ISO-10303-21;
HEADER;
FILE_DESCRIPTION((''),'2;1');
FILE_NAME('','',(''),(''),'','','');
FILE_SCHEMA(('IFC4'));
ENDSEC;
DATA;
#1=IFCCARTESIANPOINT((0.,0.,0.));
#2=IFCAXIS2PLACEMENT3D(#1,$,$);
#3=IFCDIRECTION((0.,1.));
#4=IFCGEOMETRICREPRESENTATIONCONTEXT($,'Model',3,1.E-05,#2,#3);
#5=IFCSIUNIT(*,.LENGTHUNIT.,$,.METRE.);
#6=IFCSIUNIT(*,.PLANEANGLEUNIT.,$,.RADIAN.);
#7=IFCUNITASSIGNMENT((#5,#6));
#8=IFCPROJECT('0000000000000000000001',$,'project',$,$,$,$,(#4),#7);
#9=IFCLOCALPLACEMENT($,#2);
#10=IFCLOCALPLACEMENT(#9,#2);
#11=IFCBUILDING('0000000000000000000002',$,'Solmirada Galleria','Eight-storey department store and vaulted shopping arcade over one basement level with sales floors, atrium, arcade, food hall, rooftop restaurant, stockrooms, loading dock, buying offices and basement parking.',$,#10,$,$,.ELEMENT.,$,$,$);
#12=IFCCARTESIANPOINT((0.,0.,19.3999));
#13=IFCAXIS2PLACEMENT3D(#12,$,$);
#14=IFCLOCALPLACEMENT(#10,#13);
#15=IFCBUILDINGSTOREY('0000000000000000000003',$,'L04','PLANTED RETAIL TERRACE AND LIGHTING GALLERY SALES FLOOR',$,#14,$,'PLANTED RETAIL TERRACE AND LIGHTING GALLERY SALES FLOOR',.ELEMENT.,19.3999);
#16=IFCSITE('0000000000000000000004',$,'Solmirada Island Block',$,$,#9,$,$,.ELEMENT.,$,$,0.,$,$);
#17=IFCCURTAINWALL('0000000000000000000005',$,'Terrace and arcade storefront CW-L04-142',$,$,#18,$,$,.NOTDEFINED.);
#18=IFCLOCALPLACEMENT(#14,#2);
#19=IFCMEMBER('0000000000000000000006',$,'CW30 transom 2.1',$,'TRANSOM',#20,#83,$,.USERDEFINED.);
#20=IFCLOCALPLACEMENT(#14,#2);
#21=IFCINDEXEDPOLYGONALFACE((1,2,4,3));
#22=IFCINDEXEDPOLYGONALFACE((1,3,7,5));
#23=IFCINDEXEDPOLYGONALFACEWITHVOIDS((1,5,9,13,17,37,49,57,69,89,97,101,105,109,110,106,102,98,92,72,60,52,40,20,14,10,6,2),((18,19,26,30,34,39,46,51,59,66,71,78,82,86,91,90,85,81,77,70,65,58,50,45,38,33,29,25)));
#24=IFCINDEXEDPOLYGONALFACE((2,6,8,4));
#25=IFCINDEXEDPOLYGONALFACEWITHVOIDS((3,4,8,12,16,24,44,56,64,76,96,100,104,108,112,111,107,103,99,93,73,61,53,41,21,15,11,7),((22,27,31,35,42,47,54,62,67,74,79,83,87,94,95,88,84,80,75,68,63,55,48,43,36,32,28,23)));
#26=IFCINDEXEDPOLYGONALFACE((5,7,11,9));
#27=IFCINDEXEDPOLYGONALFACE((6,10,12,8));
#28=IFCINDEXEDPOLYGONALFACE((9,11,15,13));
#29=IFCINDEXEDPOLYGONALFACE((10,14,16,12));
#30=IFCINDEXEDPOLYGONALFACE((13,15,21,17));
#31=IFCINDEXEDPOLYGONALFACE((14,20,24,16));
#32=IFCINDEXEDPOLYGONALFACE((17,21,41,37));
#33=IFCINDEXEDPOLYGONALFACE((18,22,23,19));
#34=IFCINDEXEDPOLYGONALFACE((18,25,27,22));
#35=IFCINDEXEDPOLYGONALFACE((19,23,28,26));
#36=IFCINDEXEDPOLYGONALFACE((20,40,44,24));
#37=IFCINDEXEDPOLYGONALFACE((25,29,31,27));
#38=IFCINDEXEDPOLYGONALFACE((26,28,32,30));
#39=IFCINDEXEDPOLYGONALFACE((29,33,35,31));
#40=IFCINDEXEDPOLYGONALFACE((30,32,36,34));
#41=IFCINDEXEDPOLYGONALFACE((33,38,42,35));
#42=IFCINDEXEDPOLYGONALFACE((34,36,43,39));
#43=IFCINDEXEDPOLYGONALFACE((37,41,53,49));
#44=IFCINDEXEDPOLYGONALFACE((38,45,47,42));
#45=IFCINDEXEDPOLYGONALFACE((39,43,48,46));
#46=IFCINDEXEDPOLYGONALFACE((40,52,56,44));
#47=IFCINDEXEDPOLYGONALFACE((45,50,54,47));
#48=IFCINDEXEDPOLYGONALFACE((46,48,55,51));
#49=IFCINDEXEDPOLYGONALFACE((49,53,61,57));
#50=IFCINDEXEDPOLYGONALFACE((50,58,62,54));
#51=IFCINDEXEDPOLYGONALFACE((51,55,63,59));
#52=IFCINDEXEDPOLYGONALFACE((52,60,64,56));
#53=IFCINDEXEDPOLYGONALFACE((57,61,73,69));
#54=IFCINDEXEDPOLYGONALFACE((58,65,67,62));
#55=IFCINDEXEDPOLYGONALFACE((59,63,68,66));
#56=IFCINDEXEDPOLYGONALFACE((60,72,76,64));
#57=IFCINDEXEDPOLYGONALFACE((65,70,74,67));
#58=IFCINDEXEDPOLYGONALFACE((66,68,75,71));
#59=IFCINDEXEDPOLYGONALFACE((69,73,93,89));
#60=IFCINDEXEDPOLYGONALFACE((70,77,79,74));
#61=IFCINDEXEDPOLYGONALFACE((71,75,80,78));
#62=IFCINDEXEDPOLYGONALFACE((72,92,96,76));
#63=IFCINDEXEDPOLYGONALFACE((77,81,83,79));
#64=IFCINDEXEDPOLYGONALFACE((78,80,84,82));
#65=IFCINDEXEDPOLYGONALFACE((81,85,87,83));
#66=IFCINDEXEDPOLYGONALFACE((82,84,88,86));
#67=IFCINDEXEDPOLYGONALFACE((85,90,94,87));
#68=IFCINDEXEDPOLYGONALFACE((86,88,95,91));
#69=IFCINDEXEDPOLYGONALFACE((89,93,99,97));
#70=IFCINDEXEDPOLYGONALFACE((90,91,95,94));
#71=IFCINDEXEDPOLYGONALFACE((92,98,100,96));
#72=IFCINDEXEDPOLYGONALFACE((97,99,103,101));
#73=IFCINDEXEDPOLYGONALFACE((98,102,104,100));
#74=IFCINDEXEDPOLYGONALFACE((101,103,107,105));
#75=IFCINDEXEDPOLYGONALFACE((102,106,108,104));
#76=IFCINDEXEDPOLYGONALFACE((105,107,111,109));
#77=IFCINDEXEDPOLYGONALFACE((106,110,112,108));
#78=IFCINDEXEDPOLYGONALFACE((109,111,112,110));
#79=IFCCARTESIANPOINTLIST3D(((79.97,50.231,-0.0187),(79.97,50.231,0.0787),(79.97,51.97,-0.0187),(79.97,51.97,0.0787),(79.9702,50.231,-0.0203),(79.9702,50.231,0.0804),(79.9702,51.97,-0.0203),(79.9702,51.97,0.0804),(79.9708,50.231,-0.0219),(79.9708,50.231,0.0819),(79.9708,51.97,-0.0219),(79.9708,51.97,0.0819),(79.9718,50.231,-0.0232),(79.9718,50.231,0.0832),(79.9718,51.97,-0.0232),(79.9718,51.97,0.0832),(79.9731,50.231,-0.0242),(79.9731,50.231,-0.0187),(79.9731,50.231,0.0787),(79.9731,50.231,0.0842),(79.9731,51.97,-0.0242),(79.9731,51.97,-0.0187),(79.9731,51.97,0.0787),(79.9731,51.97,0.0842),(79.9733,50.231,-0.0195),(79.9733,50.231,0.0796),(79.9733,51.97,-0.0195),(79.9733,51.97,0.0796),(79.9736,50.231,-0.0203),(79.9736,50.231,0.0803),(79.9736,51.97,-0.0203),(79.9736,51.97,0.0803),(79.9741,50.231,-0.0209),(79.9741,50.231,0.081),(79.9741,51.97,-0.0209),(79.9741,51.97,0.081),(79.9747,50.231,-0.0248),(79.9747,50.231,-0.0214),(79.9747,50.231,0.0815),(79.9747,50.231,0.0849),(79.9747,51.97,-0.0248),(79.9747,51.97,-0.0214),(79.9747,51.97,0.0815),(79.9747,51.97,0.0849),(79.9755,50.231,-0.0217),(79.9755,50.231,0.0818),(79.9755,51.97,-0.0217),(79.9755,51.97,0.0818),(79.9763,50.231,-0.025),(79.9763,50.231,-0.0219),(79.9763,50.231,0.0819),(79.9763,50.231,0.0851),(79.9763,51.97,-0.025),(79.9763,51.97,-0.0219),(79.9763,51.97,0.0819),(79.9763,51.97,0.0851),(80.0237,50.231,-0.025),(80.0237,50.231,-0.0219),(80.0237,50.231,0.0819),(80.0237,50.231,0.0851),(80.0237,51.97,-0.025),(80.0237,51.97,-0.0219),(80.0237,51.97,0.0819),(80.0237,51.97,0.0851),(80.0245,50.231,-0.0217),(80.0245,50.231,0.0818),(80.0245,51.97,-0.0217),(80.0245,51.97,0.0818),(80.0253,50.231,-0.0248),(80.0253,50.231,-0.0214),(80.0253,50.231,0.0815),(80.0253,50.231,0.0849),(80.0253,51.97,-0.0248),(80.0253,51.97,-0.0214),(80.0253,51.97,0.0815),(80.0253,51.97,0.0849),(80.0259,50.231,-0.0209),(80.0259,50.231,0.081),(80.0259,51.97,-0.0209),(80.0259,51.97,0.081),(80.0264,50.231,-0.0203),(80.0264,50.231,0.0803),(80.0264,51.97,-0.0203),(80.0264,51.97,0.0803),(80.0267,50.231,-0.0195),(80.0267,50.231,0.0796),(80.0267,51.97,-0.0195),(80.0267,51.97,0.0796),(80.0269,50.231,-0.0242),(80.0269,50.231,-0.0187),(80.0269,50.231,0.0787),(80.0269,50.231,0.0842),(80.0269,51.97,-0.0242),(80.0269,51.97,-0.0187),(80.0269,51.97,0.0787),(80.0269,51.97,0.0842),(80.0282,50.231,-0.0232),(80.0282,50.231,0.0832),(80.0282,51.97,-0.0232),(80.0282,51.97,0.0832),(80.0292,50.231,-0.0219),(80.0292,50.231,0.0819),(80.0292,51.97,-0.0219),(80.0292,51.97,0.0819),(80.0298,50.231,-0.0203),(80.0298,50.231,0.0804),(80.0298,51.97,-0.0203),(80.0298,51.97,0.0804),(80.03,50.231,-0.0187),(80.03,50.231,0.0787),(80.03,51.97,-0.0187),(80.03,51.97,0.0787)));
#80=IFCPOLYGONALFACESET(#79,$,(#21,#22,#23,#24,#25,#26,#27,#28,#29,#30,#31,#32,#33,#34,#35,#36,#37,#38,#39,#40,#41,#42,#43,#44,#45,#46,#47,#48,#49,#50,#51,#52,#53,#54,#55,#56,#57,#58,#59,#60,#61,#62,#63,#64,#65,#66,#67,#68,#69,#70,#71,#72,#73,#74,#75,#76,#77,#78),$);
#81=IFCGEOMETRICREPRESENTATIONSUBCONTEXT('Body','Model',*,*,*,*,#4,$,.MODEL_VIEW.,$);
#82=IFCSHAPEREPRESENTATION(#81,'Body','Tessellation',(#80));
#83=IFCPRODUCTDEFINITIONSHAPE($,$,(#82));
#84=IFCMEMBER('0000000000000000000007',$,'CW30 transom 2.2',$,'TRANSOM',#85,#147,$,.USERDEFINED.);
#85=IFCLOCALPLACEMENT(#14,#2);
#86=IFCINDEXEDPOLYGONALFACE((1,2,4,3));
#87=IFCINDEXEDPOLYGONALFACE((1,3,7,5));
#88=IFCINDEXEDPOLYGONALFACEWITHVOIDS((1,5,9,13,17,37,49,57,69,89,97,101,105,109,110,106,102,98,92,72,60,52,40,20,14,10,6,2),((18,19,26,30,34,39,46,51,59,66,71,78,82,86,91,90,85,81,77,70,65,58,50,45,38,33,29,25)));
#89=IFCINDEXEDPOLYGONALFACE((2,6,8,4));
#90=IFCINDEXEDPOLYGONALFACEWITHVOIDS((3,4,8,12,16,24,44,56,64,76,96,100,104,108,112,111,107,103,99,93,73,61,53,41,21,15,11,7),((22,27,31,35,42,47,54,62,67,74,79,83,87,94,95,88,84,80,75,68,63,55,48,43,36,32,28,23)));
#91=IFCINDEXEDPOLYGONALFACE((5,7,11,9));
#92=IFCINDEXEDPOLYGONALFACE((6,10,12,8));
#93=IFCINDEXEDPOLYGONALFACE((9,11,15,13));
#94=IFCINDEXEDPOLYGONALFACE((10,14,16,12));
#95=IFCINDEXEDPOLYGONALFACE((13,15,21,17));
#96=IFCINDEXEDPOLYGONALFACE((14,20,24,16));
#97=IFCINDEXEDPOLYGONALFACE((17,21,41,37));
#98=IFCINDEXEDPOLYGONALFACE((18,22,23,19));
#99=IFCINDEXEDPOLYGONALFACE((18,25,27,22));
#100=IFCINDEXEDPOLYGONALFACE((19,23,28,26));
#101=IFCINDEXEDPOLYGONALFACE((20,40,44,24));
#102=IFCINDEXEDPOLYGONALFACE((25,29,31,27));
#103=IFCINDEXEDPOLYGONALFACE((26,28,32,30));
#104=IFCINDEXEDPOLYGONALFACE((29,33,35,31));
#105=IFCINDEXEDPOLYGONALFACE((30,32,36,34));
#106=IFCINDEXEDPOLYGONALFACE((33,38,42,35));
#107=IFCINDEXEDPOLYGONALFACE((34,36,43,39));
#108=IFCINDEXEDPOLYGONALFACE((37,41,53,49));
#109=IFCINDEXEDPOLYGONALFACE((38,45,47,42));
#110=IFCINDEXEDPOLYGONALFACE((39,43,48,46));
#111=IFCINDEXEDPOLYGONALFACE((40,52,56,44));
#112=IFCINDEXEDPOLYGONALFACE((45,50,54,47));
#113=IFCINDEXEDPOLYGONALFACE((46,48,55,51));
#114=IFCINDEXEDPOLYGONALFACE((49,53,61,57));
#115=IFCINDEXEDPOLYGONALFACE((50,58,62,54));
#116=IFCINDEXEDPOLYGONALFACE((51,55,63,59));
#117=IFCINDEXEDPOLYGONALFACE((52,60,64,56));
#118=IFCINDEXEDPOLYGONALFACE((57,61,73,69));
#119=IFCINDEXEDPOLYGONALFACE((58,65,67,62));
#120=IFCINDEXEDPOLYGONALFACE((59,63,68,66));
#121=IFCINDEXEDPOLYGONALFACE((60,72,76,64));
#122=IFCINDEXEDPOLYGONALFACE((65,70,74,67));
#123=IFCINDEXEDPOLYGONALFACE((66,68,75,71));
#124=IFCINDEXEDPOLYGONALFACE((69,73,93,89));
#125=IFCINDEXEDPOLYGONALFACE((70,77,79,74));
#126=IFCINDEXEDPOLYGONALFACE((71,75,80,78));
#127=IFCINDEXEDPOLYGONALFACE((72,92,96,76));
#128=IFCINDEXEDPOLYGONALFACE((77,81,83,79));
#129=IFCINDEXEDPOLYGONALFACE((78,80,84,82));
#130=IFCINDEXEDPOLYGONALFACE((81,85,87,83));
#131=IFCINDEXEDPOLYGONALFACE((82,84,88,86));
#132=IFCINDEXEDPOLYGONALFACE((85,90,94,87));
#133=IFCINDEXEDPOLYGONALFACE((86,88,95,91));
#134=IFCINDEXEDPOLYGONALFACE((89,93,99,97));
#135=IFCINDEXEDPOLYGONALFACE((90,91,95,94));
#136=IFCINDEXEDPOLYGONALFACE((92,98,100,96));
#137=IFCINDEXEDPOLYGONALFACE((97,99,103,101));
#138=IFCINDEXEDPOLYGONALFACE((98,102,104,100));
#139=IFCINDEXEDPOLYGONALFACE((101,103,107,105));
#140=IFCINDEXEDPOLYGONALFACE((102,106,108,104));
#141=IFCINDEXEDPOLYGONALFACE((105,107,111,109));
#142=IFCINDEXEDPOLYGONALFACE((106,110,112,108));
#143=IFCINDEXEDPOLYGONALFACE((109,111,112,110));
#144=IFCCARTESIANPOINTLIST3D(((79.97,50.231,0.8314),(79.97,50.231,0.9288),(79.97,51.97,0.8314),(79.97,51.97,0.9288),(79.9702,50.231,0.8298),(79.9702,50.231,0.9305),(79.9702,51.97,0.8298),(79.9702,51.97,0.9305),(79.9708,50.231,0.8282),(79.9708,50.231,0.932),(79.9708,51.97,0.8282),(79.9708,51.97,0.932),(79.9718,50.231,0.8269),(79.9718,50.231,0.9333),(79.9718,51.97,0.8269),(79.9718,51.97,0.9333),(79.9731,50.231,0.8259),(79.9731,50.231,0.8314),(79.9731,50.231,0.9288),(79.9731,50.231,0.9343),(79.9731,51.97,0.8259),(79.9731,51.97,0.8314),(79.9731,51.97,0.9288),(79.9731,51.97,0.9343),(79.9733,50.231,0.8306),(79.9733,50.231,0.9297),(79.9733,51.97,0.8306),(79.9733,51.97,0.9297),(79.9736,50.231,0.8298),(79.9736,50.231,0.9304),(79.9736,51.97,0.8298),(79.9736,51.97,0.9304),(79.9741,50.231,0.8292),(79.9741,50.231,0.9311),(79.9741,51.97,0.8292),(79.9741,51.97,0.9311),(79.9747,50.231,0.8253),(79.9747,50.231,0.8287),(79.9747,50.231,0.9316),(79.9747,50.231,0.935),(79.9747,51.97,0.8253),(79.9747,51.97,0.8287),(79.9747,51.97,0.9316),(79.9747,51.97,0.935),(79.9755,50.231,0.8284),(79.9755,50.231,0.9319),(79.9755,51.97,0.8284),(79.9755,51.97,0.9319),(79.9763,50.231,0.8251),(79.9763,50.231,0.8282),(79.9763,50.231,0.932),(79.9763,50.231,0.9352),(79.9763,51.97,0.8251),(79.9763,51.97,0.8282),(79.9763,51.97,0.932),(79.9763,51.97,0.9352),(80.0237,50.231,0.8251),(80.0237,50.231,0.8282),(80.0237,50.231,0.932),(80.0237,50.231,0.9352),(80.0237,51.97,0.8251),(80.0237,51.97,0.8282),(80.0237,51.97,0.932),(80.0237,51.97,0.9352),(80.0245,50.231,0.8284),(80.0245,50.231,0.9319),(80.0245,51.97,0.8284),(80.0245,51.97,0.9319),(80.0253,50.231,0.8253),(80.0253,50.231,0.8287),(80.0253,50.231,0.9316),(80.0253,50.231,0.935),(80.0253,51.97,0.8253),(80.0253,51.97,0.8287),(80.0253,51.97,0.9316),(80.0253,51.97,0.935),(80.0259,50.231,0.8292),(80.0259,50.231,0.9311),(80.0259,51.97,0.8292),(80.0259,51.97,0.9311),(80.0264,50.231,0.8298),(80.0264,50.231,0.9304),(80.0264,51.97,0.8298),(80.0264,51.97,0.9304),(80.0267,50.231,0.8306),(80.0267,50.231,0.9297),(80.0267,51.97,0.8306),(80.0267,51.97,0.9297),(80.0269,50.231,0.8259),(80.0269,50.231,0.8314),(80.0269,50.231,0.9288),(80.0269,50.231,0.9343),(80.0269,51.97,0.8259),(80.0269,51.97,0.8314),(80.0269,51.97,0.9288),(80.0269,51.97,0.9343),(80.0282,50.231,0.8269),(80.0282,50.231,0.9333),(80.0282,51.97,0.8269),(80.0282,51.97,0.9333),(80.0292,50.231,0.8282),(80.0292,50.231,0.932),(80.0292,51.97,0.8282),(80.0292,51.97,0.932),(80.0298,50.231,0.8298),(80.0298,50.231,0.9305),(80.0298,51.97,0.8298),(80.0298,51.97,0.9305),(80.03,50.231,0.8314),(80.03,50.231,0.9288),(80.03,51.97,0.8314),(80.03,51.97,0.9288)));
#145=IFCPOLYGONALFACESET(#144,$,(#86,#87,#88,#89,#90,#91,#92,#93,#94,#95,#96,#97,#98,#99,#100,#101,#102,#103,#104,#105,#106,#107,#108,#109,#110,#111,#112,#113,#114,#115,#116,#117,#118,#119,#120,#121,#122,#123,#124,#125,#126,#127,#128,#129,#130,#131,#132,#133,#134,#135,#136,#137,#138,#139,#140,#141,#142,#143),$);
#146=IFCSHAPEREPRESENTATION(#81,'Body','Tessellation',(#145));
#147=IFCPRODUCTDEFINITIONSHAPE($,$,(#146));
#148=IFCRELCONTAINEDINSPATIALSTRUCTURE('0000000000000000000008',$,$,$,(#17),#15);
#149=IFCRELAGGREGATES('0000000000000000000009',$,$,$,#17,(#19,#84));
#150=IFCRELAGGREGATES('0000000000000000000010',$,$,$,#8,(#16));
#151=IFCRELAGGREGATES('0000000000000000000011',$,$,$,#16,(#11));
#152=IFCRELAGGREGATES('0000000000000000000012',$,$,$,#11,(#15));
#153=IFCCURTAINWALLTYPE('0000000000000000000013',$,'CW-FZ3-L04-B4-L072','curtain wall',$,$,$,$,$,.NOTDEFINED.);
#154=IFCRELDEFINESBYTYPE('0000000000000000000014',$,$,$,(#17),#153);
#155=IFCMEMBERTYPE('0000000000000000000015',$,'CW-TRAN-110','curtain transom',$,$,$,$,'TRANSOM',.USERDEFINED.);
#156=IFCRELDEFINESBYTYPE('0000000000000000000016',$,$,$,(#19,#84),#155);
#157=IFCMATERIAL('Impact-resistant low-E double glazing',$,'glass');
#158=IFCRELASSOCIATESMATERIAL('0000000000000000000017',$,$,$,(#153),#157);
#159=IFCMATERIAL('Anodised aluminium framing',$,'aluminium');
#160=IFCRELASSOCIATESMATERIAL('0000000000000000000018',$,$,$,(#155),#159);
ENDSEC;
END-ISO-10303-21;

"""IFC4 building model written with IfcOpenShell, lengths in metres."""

from ifc_helpers import new_model, si_unit, direction, frame, origin, origin_2d, place, context, subcontext, project, spatial, hollow_rectangle, extrude, material, material_profile, profile_set, type_object, element, aggregate, save


model = new_model("IFC4")

# Units and contexts
model_context = context("Model", 3, precision=1e-05, world=origin(), true_north=direction((0.0, 1.0)))
body_context = subcontext(model_context, "Body", "Model", "MODEL_VIEW")
ifc_project = project(units=[si_unit("LENGTHUNIT", "METRE"), si_unit("PLANEANGLEUNIT", "RADIAN")], contexts=[model_context])

# Site, building, storey
site_placement = place(None, origin())
site = spatial("IfcSite", under=ifc_project, at=site_placement, Name="Solmirada Island Block", CompositionType="ELEMENT", RefElevation=0.0)
building_placement = place(site_placement, origin())
building = spatial("IfcBuilding", under=site, at=building_placement, Name="Solmirada Galleria", Description="Eight-storey department store and vaulted shopping arcade over one basement level with sales floors, atrium, arcade, food hall, rooftop restaurant, stockrooms, loading dock, buying offices and basement parking.", CompositionType="ELEMENT")
storey_placement = place(building_placement, frame((0.0, 0.0, 19.3999)))
storey = spatial("IfcBuildingStorey", under=building, at=storey_placement, Name="L04", Description="PLANTED RETAIL TERRACE AND LIGHTING GALLERY SALES FLOOR", LongName="PLANTED RETAIL TERRACE AND LIGHTING GALLERY SALES FLOOR", CompositionType="ELEMENT", Elevation=19.3999)

# Shared definitions
ifc_material_1 = material(Name="Impact-resistant low-E double glazing", Category="glass")
curtain_wall_type = type_object("IfcCurtainWallType", Name="CW-FZ3-L04-B4-L072", Description="curtain wall", PredefinedType="NOTDEFINED", material=ifc_material_1)
ifc_material_2 = material(Name="Anodised aluminium framing", Category="aluminium")

# Curtain wall, members
curtain_wall_1_placement = place(storey_placement, origin())
curtain_wall_1 = element("IfcCurtainWall", 1, at=curtain_wall_1_placement, inside=storey, type_object=curtain_wall_type, Name="Terrace and arcade storefront CW-L04-142", PredefinedType="NOTDEFINED")
ifc_material_profile_1 = material_profile(ifc_material_2, hollow_rectangle(XDim=0.0601, YDim=0.1101, WallThickness=0.0032, InnerFilletRadius=0.0032, OuterFilletRadius=0.0063, at=origin_2d()), Name="ALU-TRAN-110X60")
ifc_profile_set_1 = profile_set([ifc_material_profile_1], Name="Anodised aluminium framing")
member_type_1 = type_object("IfcMemberType", Name="CW-TRAN-110", Description="curtain transom", ElementType="TRANSOM", PredefinedType="USERDEFINED", material=ifc_profile_set_1)
member_1_placement = place(storey_placement, frame((80.0, 50.231, 0.03), z_axis=(0.0, 1.0, 0.0), x_axis=(-1.0, 0.0, 0.0)))
member_1 = element("IfcMember", 2, at=member_1_placement, type_object=member_type_1, Name="CW30 transom 2.1", ObjectType="TRANSOM", PredefinedType="USERDEFINED", context=body_context, shape_type="SweptSolid", body=[
    extrude(hollow_rectangle(XDim=0.0601, YDim=0.1101, WallThickness=0.0032, InnerFilletRadius=0.0032, OuterFilletRadius=0.0063, at=origin_2d()), origin(), (0.0, 0.0, 1.0), 1.739),
])
member_2_placement = place(storey_placement, frame((80.0, 50.231, 0.8801), z_axis=(0.0, 1.0, 0.0), x_axis=(-1.0, 0.0, 0.0)))
member_2 = element("IfcMember", 3, at=member_2_placement, type_object=member_type_1, Name="CW30 transom 2.2", ObjectType="TRANSOM", PredefinedType="USERDEFINED", context=body_context, shape_type="SweptSolid", body=[
    extrude(hollow_rectangle(XDim=0.0601, YDim=0.1101, WallThickness=0.0032, InnerFilletRadius=0.0032, OuterFilletRadius=0.0063, at=origin_2d()), origin(), (0.0, 0.0, 1.0), 1.739),
])

aggregate(curtain_wall_1, [member_1, member_2])

save(model, "model.ifc")
